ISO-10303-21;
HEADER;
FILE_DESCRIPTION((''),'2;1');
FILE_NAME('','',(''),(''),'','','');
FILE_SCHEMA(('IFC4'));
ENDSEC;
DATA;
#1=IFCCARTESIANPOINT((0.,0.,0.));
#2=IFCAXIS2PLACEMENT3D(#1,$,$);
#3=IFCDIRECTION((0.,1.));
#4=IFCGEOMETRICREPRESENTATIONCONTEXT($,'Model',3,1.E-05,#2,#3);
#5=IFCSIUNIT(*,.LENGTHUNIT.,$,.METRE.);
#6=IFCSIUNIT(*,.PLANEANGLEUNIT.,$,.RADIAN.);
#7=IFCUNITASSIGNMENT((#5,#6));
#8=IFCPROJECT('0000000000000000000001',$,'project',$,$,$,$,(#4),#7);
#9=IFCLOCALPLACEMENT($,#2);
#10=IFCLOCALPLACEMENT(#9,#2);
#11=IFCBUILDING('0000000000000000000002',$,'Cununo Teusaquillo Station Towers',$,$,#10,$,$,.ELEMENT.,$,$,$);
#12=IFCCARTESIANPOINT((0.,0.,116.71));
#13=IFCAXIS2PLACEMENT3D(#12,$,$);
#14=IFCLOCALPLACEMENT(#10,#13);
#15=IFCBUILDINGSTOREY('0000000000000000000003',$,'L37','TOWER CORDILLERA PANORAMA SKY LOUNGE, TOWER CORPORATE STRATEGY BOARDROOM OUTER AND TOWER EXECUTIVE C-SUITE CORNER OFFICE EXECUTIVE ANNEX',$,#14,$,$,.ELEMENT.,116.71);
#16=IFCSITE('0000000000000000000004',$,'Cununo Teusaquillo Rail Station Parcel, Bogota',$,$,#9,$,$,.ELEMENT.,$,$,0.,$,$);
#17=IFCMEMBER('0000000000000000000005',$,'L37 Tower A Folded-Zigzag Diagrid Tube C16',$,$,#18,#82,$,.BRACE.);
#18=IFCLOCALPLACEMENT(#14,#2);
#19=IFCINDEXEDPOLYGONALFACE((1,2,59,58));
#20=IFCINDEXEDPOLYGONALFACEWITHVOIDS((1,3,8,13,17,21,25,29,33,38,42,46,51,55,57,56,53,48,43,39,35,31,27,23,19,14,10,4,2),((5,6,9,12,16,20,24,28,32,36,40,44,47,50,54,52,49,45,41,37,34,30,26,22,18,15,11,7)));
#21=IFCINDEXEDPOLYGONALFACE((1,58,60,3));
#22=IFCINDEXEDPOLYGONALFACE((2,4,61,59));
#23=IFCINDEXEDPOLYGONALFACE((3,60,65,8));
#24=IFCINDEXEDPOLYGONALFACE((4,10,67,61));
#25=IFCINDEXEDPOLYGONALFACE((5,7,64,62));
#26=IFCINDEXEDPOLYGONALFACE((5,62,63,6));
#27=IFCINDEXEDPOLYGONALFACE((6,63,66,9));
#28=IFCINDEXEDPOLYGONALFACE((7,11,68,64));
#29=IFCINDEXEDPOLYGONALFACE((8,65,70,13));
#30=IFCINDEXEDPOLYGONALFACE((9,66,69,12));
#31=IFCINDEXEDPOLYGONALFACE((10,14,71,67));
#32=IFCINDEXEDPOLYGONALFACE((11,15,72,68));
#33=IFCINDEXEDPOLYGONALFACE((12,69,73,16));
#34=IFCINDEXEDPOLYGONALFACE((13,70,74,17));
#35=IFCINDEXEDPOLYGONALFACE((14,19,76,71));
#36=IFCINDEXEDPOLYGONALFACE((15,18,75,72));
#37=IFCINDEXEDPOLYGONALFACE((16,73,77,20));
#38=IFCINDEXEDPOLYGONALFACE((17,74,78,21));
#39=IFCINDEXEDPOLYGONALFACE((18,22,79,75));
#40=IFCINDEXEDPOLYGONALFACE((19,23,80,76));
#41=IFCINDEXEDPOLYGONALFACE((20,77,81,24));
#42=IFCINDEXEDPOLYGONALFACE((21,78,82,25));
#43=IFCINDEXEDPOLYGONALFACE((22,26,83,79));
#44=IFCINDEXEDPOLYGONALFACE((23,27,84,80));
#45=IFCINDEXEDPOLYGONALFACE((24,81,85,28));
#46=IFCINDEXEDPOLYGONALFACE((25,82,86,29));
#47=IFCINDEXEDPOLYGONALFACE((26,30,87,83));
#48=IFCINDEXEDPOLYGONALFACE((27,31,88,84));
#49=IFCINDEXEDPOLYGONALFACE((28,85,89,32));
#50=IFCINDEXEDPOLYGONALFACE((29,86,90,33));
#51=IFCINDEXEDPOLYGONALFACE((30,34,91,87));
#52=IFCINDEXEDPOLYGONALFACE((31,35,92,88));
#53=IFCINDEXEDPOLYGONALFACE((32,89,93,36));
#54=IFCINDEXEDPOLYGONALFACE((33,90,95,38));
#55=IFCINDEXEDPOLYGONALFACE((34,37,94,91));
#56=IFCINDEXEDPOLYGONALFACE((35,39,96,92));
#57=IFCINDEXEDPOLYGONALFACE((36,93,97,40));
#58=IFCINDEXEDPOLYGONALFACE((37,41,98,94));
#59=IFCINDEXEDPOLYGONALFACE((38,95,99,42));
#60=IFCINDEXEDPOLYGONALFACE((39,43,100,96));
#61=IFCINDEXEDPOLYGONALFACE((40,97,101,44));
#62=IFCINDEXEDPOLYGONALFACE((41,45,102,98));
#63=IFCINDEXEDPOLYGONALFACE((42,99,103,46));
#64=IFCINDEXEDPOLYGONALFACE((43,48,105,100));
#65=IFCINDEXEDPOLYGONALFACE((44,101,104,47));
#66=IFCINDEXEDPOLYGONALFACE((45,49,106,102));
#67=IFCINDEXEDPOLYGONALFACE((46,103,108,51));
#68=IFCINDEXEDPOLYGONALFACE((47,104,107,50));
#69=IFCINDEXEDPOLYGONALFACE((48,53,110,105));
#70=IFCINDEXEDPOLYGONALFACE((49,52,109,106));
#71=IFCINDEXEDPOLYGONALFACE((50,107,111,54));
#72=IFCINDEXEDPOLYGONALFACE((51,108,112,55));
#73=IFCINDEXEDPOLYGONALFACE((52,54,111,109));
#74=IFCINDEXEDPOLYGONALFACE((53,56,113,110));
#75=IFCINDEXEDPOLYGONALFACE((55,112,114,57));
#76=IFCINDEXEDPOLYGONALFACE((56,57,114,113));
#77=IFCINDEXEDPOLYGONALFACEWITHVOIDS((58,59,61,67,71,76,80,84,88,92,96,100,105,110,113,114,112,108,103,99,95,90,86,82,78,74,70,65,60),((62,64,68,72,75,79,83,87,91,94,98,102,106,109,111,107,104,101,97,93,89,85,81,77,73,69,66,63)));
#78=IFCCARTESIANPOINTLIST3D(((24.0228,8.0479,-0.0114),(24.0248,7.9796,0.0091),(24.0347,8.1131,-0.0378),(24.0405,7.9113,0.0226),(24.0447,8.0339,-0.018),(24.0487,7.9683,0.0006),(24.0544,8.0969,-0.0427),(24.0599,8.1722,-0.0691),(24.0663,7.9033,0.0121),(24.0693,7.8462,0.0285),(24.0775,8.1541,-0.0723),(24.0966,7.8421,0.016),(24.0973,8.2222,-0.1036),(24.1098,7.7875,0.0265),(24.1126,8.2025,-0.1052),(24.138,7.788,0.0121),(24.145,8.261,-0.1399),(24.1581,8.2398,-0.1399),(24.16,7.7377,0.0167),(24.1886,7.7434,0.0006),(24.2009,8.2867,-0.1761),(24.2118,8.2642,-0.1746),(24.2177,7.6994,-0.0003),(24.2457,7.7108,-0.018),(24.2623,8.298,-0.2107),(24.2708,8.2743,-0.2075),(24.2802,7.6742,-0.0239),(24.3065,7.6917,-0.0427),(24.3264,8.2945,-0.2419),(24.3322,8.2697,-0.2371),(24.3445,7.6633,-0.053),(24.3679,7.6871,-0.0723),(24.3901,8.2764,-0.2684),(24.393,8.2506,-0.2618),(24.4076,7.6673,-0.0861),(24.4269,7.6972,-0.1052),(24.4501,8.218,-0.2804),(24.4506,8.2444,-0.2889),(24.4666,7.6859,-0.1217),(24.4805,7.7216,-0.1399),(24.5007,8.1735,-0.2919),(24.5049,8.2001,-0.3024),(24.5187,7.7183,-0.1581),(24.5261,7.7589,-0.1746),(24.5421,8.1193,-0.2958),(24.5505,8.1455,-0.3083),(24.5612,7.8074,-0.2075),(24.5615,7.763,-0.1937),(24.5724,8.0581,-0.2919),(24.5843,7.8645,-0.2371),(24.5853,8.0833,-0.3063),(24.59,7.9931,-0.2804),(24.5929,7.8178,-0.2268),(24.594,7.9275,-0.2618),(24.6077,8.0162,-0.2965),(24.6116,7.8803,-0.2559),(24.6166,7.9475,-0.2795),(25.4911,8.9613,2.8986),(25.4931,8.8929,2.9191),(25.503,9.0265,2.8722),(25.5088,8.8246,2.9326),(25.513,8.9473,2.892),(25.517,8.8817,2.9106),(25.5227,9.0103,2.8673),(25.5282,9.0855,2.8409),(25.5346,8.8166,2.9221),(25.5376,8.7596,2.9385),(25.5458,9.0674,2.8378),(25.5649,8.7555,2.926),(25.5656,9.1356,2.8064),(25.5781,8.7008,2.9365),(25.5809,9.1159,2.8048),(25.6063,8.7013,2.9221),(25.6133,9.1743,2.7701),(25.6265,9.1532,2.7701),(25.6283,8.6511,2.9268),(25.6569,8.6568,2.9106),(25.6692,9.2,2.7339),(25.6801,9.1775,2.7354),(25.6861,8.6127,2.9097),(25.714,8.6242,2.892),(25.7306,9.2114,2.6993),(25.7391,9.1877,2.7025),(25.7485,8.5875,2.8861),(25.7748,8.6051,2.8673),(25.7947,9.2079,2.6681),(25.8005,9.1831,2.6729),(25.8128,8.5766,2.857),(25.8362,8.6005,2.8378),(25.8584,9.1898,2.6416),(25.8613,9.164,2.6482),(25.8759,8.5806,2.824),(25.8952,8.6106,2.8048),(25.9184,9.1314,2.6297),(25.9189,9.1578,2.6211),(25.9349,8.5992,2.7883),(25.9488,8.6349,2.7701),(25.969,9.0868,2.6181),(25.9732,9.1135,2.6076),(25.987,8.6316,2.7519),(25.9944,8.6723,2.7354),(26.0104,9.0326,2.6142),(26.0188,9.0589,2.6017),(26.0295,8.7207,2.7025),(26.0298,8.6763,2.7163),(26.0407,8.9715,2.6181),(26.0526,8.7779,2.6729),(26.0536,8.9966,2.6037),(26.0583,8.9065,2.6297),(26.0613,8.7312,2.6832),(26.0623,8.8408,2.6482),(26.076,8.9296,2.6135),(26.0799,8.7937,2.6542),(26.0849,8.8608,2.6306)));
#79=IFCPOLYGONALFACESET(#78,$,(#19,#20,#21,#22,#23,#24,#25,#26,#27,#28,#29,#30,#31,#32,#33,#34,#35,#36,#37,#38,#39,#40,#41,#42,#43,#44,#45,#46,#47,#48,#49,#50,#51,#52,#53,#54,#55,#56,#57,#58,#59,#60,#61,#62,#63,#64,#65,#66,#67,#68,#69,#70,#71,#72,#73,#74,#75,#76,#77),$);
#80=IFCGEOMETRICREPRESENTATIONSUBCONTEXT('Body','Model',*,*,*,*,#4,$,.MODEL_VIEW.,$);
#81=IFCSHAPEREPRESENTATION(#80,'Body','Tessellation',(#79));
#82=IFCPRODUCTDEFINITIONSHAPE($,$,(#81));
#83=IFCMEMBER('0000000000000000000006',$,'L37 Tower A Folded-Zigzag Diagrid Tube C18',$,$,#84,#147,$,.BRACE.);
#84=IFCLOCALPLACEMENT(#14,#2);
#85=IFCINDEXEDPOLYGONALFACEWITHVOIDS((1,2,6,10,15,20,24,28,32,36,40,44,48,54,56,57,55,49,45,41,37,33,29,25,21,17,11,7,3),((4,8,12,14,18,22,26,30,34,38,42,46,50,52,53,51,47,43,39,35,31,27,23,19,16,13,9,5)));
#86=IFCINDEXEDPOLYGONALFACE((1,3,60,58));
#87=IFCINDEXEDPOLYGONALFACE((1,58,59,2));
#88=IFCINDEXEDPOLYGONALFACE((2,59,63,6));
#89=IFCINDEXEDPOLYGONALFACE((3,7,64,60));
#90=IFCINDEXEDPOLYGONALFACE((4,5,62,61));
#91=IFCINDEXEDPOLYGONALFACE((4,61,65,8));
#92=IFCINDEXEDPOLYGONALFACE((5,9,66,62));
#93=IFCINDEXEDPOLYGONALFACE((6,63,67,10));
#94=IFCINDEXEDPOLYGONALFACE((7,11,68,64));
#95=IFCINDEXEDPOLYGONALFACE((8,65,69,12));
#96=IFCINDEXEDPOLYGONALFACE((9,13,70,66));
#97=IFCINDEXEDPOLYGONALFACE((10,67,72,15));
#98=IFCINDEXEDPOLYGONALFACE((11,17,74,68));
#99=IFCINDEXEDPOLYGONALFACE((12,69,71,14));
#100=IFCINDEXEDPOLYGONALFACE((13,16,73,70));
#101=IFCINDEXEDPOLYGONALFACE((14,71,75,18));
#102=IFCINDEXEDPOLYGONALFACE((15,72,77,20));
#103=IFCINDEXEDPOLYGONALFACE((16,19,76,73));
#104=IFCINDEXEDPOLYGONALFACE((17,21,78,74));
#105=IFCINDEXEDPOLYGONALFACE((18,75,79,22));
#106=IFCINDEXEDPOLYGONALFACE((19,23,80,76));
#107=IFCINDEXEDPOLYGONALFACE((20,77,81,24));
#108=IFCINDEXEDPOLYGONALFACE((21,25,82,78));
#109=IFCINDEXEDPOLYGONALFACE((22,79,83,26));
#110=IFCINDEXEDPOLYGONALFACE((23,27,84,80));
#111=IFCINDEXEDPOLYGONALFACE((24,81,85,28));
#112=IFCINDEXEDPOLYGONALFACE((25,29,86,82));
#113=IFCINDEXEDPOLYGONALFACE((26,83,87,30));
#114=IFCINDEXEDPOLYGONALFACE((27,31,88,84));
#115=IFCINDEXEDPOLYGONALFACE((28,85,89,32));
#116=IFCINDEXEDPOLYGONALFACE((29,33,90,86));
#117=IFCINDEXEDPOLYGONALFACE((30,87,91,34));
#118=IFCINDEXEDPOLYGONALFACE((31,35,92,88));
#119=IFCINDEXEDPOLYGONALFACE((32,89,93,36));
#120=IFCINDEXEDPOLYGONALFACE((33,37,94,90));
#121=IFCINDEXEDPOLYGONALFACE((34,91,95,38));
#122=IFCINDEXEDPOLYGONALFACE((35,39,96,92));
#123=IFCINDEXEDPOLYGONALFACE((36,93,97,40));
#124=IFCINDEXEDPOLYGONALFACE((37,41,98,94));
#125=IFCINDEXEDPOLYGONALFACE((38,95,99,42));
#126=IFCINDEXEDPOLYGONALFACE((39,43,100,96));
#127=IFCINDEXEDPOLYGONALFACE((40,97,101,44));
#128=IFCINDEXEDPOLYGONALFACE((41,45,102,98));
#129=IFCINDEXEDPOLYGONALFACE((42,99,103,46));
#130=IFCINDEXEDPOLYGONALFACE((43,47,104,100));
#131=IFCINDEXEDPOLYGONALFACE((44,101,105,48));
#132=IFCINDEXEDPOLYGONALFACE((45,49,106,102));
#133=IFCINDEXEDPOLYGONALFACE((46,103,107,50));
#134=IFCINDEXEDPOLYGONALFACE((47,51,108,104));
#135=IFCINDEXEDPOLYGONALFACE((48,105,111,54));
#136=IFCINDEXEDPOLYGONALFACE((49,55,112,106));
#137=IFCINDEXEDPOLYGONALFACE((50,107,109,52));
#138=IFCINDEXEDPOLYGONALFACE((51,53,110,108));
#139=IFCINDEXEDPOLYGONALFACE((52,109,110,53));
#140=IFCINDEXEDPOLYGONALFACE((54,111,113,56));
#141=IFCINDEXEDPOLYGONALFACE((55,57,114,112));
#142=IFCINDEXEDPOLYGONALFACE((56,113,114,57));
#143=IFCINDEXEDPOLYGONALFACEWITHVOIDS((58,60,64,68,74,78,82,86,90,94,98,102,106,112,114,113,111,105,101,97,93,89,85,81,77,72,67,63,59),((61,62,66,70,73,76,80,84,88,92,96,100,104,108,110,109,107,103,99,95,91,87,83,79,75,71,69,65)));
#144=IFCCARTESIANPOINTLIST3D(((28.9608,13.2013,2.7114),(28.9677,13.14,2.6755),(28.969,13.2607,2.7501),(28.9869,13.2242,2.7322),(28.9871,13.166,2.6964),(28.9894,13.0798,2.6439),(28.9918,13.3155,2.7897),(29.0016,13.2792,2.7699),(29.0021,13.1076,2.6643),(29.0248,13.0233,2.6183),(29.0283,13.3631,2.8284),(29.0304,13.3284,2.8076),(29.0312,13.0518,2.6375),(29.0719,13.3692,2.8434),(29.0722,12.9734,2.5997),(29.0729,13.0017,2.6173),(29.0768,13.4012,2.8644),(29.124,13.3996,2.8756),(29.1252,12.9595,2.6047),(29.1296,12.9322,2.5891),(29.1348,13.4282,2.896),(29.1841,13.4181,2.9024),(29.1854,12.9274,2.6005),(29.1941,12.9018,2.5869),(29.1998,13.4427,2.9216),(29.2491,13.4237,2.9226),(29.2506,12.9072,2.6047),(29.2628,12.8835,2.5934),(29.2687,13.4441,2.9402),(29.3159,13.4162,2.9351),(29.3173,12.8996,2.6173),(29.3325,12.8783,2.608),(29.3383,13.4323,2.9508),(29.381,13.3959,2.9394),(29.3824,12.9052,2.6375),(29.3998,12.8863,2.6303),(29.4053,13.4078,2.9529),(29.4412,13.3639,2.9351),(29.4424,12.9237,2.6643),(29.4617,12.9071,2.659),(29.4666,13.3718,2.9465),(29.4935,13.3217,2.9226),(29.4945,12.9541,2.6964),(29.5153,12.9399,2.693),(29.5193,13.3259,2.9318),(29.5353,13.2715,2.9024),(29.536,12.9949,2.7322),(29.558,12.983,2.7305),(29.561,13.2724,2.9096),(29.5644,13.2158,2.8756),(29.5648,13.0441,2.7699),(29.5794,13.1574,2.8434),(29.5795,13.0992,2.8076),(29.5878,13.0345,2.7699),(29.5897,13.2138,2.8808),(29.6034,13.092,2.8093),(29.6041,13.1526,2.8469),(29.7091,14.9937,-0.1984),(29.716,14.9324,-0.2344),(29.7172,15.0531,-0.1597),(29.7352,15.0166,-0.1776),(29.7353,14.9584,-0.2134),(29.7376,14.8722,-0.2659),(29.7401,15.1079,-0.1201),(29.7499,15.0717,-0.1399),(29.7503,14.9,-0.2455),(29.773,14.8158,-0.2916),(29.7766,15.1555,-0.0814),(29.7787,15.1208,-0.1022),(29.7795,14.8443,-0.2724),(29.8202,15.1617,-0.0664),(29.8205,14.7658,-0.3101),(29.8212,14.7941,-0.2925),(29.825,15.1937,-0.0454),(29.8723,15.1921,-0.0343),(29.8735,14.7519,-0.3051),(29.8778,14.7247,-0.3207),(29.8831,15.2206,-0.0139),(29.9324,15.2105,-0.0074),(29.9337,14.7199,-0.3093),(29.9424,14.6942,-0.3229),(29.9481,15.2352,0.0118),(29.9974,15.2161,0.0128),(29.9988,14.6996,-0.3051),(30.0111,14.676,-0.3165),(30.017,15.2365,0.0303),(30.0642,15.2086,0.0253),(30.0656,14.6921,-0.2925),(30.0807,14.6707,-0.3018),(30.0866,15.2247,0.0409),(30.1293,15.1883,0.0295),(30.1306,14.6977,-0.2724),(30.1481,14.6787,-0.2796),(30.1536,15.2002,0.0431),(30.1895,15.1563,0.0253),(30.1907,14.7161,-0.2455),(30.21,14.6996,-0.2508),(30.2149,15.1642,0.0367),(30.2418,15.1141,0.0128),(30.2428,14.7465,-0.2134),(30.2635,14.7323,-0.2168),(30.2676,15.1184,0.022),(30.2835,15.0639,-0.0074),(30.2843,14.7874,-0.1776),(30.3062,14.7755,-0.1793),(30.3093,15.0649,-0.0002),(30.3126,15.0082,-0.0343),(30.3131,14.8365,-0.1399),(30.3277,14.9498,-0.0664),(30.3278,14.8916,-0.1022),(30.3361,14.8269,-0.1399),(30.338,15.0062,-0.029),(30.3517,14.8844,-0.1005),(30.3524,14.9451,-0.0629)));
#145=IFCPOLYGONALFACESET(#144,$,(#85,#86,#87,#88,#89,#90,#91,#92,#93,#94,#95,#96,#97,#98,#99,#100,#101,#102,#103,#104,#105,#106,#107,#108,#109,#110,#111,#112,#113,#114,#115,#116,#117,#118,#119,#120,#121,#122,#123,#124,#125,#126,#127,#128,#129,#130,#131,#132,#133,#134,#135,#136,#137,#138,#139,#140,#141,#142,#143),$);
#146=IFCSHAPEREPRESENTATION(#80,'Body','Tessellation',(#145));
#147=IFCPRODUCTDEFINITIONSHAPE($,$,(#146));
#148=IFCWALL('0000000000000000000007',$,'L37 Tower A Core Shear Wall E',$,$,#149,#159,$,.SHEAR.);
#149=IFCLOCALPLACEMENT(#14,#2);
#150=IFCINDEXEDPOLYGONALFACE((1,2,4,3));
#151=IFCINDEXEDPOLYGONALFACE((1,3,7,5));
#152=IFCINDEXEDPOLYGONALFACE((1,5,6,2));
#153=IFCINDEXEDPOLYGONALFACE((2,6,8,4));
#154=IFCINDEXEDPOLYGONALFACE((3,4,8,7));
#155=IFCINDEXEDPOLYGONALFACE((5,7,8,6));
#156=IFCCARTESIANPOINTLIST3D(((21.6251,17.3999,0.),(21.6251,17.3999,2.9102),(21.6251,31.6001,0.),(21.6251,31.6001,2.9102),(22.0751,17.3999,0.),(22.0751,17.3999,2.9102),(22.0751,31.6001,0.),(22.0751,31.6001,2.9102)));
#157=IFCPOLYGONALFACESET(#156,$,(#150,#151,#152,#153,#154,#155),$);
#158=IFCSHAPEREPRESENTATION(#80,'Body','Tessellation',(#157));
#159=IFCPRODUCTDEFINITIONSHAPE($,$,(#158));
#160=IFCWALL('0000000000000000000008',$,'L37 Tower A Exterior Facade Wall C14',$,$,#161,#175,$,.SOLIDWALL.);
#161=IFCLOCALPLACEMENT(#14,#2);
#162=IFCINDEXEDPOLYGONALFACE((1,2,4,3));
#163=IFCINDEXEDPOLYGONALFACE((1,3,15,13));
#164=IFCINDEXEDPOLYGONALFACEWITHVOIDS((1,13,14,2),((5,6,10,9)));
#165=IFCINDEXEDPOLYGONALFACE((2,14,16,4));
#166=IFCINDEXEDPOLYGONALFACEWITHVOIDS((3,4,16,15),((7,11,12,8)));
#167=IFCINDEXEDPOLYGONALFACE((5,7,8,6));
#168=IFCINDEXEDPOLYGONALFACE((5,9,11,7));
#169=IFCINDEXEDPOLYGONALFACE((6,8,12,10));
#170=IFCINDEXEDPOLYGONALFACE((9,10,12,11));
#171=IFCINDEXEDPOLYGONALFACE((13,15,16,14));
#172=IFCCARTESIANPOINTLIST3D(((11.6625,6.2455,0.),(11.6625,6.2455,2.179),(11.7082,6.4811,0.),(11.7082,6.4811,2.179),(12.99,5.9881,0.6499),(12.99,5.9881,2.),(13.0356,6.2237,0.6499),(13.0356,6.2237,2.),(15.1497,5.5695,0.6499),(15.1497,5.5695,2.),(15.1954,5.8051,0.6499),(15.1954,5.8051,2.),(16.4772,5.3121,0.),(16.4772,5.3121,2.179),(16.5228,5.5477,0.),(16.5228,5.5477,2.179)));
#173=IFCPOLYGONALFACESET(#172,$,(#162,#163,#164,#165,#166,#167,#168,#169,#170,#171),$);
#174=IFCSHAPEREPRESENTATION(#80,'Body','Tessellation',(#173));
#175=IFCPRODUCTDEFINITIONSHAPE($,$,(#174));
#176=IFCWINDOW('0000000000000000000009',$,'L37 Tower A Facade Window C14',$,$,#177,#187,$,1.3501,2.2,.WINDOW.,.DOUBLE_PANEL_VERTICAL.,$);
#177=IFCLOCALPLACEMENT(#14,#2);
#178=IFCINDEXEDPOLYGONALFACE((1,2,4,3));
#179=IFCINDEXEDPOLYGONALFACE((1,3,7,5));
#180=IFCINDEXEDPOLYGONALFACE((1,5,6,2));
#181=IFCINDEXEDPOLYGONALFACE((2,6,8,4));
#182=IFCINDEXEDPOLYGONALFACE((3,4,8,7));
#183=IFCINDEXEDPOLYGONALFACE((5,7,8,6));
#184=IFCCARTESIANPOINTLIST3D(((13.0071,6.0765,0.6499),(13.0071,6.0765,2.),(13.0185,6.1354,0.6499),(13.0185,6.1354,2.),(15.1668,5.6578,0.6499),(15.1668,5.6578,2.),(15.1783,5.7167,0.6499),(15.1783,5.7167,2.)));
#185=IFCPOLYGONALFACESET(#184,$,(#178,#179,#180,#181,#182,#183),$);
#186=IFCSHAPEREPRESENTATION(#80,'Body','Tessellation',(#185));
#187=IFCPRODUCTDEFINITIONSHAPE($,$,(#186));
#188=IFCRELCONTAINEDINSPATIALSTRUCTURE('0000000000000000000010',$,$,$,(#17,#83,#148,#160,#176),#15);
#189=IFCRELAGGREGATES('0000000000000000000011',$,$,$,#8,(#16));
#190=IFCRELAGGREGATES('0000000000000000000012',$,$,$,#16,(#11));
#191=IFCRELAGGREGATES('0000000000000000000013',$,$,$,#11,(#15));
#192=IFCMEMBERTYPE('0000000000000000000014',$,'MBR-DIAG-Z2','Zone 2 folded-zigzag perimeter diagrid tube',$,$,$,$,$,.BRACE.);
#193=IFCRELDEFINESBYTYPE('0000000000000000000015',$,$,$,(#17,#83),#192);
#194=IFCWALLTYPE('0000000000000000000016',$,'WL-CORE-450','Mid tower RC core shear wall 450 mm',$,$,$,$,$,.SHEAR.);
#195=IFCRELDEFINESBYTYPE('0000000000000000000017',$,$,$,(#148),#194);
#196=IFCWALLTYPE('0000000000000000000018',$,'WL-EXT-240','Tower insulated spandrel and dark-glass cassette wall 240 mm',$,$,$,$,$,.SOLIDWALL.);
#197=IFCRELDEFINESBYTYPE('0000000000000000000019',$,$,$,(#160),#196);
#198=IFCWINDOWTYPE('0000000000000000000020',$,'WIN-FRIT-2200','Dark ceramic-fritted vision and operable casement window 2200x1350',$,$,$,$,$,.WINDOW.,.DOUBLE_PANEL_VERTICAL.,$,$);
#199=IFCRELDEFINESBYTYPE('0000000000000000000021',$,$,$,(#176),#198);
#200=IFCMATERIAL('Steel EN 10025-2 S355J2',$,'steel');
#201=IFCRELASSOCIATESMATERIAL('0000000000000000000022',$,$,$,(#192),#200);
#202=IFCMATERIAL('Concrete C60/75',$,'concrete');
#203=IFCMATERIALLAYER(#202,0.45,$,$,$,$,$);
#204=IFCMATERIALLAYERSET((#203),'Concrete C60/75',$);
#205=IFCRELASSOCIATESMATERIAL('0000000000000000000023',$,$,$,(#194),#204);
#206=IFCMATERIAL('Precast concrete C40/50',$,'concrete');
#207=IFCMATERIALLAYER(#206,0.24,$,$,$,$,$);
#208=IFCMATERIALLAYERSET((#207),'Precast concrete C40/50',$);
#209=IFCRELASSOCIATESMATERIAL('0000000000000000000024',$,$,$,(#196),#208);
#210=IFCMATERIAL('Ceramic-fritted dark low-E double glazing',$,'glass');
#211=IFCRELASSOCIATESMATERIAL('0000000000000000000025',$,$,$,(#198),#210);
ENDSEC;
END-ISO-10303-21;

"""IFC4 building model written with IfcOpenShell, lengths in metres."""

from ifc_helpers import new_model, si_unit, direction, frame, frame_2d, origin, origin_2d, place, context, subcontext, project, spatial, rectangle, hollow_circle, extrude, source, transform, mapped, material, layer, layer_set, material_profile, profile_set, type_object, element, fill, save


model = new_model("IFC4")

# Units and contexts
model_context = context("Model", 3, precision=1e-05, world=origin(), true_north=direction((0.0, 1.0)))
body_context = subcontext(model_context, "Body", "Model", "MODEL_VIEW")
ifc_project = project(units=[si_unit("LENGTHUNIT", "METRE"), si_unit("PLANEANGLEUNIT", "RADIAN")], contexts=[model_context])

# Site, building, storey
site_placement = place(None, origin())
site = spatial("IfcSite", under=ifc_project, at=site_placement, Name="Cununo Teusaquillo Rail Station Parcel, Bogota", CompositionType="ELEMENT", RefElevation=0.0)
building_placement = place(site_placement, origin())
building = spatial("IfcBuilding", under=site, at=building_placement, Name="Cununo Teusaquillo Station Towers", CompositionType="ELEMENT")
storey_placement = place(building_placement, frame((0.0, 0.0, 116.71)))
storey = spatial("IfcBuildingStorey", under=building, at=storey_placement, Name="L37", Description="TOWER CORDILLERA PANORAMA SKY LOUNGE, TOWER CORPORATE STRATEGY BOARDROOM OUTER AND TOWER EXECUTIVE C-SUITE CORNER OFFICE EXECUTIVE ANNEX", CompositionType="ELEMENT", Elevation=116.71)

# Members
ifc_material_1 = material(Name="Steel EN 10025-2 S355J2", Category="steel")
ifc_material_profile_1 = material_profile(ifc_material_1, hollow_circle(Radius=0.3301, WallThickness=0.0249, at=origin_2d()), Name="CHS 660x25")
ifc_profile_set_1 = profile_set([ifc_material_profile_1], Name="Steel EN 10025-2 S355J2")
member_type = type_object("IfcMemberType", Name="MBR-DIAG-Z2", Description="Zone 2 folded-zigzag perimeter diagrid tube", PredefinedType="BRACE", material=ifc_profile_set_1)
member_1_placement = place(storey_placement, frame((24.3193, 7.9807, -0.1399), z_axis=(0.433768, 0.269825, 0.859674), x_axis=(-0.528196, 0.849123, 0.0)))
element("IfcMember", 1, at=member_1_placement, inside=storey, type_object=member_type, Name="L37 Tower A Folded-Zigzag Diagrid Tube C16", PredefinedType="BRACE", context=body_context, shape_type="SweptSolid", body=[
    extrude(hollow_circle(Radius=0.3301, WallThickness=0.0249, at=origin_2d()), origin(), (0.0, 0.0, 1.0), 3.385),
])
member_2_placement = place(storey_placement, frame((30.0315, 14.9541, -0.1399), z_axis=(-0.21388, -0.512336, 0.831726), x_axis=(0.922816, -0.38524, 0.0)))
element("IfcMember", 2, at=member_2_placement, inside=storey, type_object=member_type, Name="L37 Tower A Folded-Zigzag Diagrid Tube C18", PredefinedType="BRACE", context=body_context, shape_type="SweptSolid", body=[
    extrude(hollow_circle(Radius=0.3301, WallThickness=0.0249, at=origin_2d()), origin(), (0.0, 0.0, 1.0), 3.4985),
])

# Wall
ifc_material_2 = material(Name="Concrete C60/75", Category="concrete")
ifc_layer_1 = layer(ifc_material_2, 0.45)
ifc_layer_set_1 = layer_set([ifc_layer_1], Name="Concrete C60/75")
wall_type_1 = type_object("IfcWallType", Name="WL-CORE-450", Description="Mid tower RC core shear wall 450 mm", PredefinedType="SHEAR", material=ifc_layer_set_1)
wall_1_placement = place(storey_placement, frame((21.8501, 17.3999, 0.0), z_axis=(0.0, 0.0, 1.0), x_axis=(0.0, 1.0, 0.0)))
element("IfcWall", 3, at=wall_1_placement, inside=storey, type_object=wall_type_1, Name="L37 Tower A Core Shear Wall E", PredefinedType="SHEAR", context=body_context, shape_type="SweptSolid", body=[
    extrude(rectangle(XDim=14.2002, YDim=0.45, at=frame_2d((7.1001, 0.0))), origin(), (0.0, 0.0, 1.0), 2.9102),
])

# Wall, opening, window
ifc_material_3 = material(Name="Precast concrete C40/50", Category="concrete")
ifc_layer_2 = layer(ifc_material_3, 0.24)
ifc_layer_set_2 = layer_set([ifc_layer_2], Name="Precast concrete C40/50")
wall_type_2 = type_object("IfcWallType", Name="WL-EXT-240", Description="Tower insulated spandrel and dark-glass cassette wall 240 mm", PredefinedType="SOLIDWALL", material=ifc_layer_set_2)
wall_2_placement = place(storey_placement, frame((16.5, 5.4299, 0.0), z_axis=(0.0, 0.0, 1.0), x_axis=(-0.981724, 0.190311, 0.0)))
wall_2 = element("IfcWall", 4, at=wall_2_placement, inside=storey, type_object=wall_type_2, Name="L37 Tower A Exterior Facade Wall C14", PredefinedType="SOLIDWALL", context=body_context, shape_type="SweptSolid", body=[
    extrude(rectangle(XDim=4.9043, YDim=0.24, at=frame_2d((2.4521, 0.0))), origin(), (0.0, 0.0, 1.0), 2.179),
])
shared_shape_1 = source(origin(), body_context, "Body", "SweptSolid", [
    extrude(rectangle(XDim=2.2, YDim=1.3501, at=frame_2d((1.1001, 0.675))), frame((0.0, 0.1299, 0.0), z_axis=(0.0, -1.0, 0.0), x_axis=(1.0, 0.0, 0.0)), (0.0, 0.0, 1.0), 0.26),
])
opening_1_placement = place(wall_2_placement, frame((1.3521, 0.0, 0.6499)))
opening_1 = element("IfcOpeningElement", 5, at=opening_1_placement, cuts=wall_2, PredefinedType="OPENING", context=body_context, shape_type="MappedRepresentation", body=[
    mapped(shared_shape_1, transform((0.0, 0.0, 0.0), x_axis=(1.0, 0.0, 0.0), y_axis=(0.0, 1.0, 0.0), z_axis=(0.0, 0.0, 1.0), scale=1.0)),
])
ifc_material_4 = material(Name="Ceramic-fritted dark low-E double glazing", Category="glass")
window_type_1 = type_object("IfcWindowType", Name="WIN-FRIT-2200", Description="Dark ceramic-fritted vision and operable casement window 2200x1350", PartitioningType="DOUBLE_PANEL_VERTICAL", PredefinedType="WINDOW", material=ifc_material_4)
shared_shape_2 = source(origin(), body_context, "Body", "SweptSolid", [
    extrude(rectangle(XDim=2.2, YDim=1.3501, at=frame_2d((1.1001, 0.675))), frame((0.0, 0.03, 0.0), z_axis=(0.0, -1.0, 0.0), x_axis=(1.0, 0.0, 0.0)), (0.0, 0.0, 1.0), 0.0601),
])
window_1_placement = place(opening_1_placement, origin())
window_1 = element("IfcWindow", 6, at=window_1_placement, inside=storey, type_object=window_type_1, Name="L37 Tower A Facade Window C14", OverallHeight=1.3501, OverallWidth=2.2, PartitioningType="DOUBLE_PANEL_VERTICAL", PredefinedType="WINDOW", context=body_context, shape_type="MappedRepresentation", body=[
    mapped(shared_shape_2, transform((0.0, 0.0, 0.0), x_axis=(1.0, 0.0, 0.0), y_axis=(0.0, 1.0, 0.0), z_axis=(0.0, 0.0, 1.0), scale=1.0)),
])
fill(opening_1, window_1)

save(model, "model.ifc")
